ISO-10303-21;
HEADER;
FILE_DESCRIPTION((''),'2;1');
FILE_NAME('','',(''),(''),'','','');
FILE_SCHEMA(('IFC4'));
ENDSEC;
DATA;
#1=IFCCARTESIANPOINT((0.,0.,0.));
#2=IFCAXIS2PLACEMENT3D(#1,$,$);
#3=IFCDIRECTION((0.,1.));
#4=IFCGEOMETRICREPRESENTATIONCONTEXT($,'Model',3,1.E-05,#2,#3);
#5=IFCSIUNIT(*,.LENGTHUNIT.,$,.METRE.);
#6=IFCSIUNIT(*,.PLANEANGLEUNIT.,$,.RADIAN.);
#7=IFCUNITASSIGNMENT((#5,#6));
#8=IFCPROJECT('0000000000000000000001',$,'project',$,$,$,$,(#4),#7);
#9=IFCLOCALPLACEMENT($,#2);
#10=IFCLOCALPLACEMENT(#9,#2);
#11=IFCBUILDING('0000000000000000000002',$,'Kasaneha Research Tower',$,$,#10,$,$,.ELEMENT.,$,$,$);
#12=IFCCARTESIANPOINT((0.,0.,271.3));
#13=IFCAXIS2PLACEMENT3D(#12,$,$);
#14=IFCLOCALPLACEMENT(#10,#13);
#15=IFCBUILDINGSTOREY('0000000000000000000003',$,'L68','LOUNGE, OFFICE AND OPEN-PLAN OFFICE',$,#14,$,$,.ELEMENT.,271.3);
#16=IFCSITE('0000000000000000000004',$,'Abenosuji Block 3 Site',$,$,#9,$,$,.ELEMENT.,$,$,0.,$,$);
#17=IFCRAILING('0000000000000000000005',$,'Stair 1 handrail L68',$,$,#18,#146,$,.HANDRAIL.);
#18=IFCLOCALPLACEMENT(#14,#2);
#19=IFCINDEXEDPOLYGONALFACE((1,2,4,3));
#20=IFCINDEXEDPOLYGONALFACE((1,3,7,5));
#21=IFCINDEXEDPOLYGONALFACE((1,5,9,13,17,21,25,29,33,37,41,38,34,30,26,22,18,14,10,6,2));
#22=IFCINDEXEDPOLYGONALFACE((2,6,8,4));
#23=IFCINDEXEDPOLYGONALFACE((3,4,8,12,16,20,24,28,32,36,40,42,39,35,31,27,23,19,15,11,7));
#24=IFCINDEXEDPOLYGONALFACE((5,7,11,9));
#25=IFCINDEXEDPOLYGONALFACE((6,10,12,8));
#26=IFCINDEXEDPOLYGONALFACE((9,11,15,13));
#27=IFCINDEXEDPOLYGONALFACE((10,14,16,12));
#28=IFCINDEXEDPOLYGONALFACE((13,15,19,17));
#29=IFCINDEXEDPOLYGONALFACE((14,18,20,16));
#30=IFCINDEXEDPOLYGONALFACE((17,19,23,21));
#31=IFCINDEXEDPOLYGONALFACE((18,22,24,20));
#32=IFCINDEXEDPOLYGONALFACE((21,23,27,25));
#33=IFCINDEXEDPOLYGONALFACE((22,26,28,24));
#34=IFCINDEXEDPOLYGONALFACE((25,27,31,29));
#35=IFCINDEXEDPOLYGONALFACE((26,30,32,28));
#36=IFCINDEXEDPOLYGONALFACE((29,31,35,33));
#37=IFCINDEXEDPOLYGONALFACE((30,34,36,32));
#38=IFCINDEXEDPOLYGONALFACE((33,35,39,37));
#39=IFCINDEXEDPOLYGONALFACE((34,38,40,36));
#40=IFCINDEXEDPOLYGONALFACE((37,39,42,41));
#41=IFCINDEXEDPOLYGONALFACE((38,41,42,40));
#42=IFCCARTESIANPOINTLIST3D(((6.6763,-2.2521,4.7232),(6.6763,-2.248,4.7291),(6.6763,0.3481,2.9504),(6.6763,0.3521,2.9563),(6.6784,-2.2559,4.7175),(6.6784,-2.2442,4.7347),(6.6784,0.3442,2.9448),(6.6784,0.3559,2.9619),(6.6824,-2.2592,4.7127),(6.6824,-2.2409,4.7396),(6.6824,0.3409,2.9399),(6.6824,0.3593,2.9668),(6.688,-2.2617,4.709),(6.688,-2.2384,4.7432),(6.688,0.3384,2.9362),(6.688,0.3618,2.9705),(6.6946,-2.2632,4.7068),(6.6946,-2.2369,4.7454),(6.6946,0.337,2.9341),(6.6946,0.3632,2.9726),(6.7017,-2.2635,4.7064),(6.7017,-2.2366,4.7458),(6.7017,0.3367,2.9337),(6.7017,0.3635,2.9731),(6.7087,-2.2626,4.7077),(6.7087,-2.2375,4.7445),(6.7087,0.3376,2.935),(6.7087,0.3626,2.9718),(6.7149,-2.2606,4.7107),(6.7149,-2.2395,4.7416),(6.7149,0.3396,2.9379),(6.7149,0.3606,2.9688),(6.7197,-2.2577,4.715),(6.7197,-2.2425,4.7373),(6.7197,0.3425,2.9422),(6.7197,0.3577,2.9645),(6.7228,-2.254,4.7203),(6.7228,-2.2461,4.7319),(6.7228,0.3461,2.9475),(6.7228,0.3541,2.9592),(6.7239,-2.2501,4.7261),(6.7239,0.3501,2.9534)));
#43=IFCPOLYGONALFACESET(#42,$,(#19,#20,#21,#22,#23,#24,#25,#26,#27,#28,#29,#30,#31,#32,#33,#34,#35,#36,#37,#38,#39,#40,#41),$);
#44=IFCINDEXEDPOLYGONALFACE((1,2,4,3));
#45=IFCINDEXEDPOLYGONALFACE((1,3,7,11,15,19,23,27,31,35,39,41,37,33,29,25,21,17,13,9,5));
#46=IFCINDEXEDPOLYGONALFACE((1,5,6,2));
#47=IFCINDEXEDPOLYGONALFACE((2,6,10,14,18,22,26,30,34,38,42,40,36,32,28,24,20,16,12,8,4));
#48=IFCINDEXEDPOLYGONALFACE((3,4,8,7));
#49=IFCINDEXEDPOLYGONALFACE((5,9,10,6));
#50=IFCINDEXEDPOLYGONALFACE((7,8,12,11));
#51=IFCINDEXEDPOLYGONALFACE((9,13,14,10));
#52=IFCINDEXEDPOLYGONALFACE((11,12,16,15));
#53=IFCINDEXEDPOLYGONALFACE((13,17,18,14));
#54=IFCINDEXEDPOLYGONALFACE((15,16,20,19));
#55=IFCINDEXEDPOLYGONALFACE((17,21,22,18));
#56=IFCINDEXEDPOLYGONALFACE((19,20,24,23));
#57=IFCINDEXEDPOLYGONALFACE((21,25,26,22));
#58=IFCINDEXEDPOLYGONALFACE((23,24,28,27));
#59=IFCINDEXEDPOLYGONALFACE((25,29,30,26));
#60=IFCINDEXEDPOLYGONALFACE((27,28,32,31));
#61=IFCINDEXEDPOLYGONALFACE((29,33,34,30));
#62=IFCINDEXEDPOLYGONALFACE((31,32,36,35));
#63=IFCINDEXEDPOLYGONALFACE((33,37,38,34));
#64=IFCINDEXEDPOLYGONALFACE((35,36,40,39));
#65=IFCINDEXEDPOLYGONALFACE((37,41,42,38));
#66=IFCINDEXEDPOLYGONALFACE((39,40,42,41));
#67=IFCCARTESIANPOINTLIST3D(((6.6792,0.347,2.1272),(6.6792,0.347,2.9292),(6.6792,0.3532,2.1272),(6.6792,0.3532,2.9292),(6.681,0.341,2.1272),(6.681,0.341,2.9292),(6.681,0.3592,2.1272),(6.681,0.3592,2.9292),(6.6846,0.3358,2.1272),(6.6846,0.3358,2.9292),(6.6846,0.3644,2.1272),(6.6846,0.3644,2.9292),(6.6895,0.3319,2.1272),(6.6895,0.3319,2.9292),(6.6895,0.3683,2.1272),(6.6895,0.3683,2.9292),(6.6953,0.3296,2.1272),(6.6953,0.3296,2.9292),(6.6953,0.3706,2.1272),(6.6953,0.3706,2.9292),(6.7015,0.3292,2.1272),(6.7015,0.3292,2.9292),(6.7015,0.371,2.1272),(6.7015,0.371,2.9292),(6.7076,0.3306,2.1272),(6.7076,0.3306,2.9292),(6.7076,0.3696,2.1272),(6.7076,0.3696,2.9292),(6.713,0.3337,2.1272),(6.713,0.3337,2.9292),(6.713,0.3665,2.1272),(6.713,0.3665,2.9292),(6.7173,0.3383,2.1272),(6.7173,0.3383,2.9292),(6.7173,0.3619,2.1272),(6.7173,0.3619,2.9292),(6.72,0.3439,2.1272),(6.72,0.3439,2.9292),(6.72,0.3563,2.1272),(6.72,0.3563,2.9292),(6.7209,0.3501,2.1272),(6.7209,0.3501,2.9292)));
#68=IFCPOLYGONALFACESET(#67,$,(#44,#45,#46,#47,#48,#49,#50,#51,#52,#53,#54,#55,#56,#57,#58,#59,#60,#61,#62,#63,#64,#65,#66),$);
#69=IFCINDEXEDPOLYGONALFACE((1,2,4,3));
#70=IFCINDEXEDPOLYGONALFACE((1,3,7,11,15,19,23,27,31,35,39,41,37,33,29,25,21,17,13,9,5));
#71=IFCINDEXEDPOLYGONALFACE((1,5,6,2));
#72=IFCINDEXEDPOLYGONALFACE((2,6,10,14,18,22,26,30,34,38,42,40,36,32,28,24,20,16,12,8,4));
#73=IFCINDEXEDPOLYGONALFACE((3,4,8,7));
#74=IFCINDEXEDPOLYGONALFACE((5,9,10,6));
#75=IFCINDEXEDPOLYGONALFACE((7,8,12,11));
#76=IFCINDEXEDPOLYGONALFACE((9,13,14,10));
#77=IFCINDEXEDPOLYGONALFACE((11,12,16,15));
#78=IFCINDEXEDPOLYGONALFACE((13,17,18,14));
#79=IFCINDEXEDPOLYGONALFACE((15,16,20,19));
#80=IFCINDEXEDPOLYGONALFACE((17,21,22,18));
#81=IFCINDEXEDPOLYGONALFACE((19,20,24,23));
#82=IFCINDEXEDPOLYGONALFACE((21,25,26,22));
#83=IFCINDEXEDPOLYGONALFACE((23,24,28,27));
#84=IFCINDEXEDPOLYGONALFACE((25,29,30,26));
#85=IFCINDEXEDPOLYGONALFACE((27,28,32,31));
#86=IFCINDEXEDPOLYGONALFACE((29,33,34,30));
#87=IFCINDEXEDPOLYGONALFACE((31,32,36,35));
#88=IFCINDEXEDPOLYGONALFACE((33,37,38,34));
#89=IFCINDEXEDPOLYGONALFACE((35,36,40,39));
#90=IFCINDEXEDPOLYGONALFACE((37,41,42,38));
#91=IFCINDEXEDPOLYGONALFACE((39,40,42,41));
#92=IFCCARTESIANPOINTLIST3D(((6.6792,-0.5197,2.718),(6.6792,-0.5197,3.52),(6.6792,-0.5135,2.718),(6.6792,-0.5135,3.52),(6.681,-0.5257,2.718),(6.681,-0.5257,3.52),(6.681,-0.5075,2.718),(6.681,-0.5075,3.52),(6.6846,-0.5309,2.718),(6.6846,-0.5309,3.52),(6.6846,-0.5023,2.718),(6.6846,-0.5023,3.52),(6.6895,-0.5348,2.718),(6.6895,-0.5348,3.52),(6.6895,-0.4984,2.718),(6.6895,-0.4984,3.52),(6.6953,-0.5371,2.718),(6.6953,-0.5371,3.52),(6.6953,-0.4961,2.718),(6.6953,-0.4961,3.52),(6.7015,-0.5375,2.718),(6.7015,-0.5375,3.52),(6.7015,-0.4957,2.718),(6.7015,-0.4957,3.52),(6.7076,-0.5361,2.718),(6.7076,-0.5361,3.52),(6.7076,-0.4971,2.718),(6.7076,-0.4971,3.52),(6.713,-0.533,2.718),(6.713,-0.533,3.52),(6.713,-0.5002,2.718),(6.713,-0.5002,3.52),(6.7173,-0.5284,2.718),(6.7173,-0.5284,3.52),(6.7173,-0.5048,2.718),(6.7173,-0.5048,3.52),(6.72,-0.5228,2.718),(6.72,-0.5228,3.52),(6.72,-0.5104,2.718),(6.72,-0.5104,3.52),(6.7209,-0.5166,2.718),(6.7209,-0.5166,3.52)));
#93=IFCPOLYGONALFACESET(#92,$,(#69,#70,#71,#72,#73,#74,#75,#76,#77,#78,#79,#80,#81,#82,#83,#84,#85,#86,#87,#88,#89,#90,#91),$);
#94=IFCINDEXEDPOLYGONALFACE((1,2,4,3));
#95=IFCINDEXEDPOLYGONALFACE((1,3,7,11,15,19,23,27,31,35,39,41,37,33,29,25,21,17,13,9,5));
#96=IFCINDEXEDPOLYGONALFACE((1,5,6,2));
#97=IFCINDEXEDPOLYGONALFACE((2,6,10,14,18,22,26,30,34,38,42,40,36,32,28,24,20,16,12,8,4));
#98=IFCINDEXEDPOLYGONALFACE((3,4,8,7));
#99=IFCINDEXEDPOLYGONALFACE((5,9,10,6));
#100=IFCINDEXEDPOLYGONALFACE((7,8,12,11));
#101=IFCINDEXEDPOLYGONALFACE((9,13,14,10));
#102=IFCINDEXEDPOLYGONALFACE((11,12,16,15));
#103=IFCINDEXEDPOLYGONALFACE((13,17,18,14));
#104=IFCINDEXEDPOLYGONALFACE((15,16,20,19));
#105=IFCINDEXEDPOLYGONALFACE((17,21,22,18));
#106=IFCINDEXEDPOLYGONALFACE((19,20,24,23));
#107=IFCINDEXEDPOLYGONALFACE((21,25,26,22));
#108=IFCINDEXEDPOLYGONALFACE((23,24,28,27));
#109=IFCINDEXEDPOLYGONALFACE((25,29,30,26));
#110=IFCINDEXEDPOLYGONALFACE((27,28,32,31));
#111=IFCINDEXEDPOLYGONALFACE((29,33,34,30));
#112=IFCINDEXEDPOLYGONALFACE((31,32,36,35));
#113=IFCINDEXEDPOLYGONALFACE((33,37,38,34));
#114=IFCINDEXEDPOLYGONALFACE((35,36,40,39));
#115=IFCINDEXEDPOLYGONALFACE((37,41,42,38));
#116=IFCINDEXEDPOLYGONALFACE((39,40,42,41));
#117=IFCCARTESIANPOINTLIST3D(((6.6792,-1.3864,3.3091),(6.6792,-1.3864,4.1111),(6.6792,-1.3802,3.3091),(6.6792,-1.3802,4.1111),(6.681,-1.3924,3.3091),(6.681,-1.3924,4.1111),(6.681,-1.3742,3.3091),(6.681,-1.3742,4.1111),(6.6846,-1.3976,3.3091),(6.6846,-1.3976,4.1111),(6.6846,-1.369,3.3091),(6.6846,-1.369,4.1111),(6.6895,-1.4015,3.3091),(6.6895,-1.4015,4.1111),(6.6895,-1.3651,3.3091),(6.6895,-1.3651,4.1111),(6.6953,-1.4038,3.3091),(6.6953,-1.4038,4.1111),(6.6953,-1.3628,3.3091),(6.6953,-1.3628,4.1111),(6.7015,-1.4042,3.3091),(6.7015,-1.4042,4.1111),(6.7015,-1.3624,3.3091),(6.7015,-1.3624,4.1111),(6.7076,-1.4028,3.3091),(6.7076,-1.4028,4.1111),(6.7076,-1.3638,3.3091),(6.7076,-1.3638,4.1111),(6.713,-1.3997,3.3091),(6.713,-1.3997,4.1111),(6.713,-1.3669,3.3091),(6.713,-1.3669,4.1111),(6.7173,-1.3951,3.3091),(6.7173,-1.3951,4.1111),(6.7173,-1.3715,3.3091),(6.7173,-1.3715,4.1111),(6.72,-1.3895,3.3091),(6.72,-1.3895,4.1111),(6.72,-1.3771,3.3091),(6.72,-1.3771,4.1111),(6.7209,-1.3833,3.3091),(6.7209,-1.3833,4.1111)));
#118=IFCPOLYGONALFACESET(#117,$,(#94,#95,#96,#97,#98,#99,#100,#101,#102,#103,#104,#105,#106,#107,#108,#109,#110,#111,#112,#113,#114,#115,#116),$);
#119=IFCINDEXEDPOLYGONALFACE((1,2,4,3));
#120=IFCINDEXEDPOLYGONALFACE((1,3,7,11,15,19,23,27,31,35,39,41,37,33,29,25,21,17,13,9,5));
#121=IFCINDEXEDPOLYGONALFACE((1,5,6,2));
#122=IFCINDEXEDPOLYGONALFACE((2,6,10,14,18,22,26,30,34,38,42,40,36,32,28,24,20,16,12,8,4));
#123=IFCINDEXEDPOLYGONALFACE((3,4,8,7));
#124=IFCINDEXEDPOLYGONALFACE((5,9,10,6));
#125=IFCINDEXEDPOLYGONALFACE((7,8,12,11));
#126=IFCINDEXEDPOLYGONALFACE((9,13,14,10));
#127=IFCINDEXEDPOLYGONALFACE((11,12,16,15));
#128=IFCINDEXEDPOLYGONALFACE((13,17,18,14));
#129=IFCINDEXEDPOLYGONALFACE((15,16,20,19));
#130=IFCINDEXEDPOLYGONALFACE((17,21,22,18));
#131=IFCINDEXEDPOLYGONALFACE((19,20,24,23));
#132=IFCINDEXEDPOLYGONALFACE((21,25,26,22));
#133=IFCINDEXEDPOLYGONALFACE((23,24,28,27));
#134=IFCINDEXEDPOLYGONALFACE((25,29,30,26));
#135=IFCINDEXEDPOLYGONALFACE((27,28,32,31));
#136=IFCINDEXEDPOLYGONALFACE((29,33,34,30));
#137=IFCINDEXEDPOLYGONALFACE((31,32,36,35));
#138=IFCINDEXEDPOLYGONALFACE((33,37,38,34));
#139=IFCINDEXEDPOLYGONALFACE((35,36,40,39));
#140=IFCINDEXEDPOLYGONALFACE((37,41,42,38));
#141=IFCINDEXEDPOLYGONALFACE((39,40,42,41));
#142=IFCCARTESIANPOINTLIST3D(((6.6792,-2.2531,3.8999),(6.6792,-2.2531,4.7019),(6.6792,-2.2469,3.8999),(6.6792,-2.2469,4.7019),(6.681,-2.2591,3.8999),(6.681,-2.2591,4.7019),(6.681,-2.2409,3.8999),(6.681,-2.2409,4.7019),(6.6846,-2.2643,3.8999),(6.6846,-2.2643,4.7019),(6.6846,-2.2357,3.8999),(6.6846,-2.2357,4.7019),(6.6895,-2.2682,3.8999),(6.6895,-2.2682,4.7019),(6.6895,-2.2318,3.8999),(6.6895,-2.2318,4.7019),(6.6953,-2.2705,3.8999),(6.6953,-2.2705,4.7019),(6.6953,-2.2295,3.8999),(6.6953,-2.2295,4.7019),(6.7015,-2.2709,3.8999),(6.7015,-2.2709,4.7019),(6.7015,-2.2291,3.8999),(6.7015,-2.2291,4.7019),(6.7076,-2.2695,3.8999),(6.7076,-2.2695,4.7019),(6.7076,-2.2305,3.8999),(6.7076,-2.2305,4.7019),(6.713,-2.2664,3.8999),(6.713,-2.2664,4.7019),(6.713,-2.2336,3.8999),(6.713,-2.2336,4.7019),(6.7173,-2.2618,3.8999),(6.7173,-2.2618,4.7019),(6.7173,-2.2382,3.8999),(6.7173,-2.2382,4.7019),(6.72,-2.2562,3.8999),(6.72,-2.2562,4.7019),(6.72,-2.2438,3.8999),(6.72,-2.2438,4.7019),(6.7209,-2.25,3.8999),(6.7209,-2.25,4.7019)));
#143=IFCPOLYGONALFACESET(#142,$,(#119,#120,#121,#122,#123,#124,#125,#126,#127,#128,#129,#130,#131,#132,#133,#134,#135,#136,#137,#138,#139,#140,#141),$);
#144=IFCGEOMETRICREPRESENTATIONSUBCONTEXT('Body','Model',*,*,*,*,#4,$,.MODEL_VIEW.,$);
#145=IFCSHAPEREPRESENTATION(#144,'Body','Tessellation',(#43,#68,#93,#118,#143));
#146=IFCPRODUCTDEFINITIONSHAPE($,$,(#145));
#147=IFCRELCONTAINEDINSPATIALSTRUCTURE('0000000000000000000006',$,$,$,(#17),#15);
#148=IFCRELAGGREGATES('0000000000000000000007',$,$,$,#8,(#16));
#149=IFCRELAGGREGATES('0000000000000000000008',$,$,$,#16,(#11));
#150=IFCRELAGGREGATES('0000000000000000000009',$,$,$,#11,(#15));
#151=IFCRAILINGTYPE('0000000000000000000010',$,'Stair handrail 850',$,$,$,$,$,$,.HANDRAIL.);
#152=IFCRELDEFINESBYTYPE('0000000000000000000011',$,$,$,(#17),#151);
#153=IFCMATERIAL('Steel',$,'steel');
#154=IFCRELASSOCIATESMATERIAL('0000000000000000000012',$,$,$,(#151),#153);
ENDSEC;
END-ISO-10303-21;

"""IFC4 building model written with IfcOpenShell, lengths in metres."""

from ifc_helpers import new_model, si_unit, direction, frame, origin, origin_2d, place, context, subcontext, project, spatial, circle, extrude, material, type_object, element, save


model = new_model("IFC4")

# Units and contexts
model_context = context("Model", 3, precision=1e-05, world=origin(), true_north=direction((0.0, 1.0)))
body_context = subcontext(model_context, "Body", "Model", "MODEL_VIEW")
ifc_project = project(units=[si_unit("LENGTHUNIT", "METRE"), si_unit("PLANEANGLEUNIT", "RADIAN")], contexts=[model_context])

# Site, building, storey
site_placement = place(None, origin())
site = spatial("IfcSite", under=ifc_project, at=site_placement, Name="Abenosuji Block 3 Site", CompositionType="ELEMENT", RefElevation=0.0)
building_placement = place(site_placement, origin())
building = spatial("IfcBuilding", under=site, at=building_placement, Name="Kasaneha Research Tower", CompositionType="ELEMENT")
storey_placement = place(building_placement, frame((0.0, 0.0, 271.3)))
storey = spatial("IfcBuildingStorey", under=building, at=storey_placement, Name="L68", Description="LOUNGE, OFFICE AND OPEN-PLAN OFFICE", CompositionType="ELEMENT", Elevation=271.3)

# Railing
ifc_material_1 = material(Name="Steel", Category="steel")
railing_type_1 = type_object("IfcRailingType", Name="Stair handrail 850", PredefinedType="HANDRAIL", material=ifc_material_1)
railing_1_placement = place(storey_placement, frame((6.7, 0.3501, 2.1272)))
element("IfcRailing", 1, at=railing_1_placement, inside=storey, type_object=railing_type_1, Name="Stair 1 handrail L68", PredefinedType="HANDRAIL", context=body_context, shape_type="SweptSolid", body=[
    extrude(circle(Radius=0.0239, at=origin_2d()), frame((0.0, 0.0, 0.8262), z_axis=(0.0, -0.82624, 0.563318), x_axis=(1.0, 0.0, 0.0)), (0.0, 0.0, 1.0), 3.147),
    extrude(circle(Radius=0.021, at=origin_2d()), origin(), (0.0, 0.0, 1.0), 0.802),
    extrude(circle(Radius=0.021, at=origin_2d()), frame((0.0, -0.8667, 0.5908)), (0.0, 0.0, 1.0), 0.802),
    extrude(circle(Radius=0.021, at=origin_2d()), frame((0.0, -1.7334, 1.1819)), (0.0, 0.0, 1.0), 0.802),
    extrude(circle(Radius=0.021, at=origin_2d()), frame((0.0, -2.6001, 1.7727)), (0.0, 0.0, 1.0), 0.802),
])

save(model, "model.ifc")
